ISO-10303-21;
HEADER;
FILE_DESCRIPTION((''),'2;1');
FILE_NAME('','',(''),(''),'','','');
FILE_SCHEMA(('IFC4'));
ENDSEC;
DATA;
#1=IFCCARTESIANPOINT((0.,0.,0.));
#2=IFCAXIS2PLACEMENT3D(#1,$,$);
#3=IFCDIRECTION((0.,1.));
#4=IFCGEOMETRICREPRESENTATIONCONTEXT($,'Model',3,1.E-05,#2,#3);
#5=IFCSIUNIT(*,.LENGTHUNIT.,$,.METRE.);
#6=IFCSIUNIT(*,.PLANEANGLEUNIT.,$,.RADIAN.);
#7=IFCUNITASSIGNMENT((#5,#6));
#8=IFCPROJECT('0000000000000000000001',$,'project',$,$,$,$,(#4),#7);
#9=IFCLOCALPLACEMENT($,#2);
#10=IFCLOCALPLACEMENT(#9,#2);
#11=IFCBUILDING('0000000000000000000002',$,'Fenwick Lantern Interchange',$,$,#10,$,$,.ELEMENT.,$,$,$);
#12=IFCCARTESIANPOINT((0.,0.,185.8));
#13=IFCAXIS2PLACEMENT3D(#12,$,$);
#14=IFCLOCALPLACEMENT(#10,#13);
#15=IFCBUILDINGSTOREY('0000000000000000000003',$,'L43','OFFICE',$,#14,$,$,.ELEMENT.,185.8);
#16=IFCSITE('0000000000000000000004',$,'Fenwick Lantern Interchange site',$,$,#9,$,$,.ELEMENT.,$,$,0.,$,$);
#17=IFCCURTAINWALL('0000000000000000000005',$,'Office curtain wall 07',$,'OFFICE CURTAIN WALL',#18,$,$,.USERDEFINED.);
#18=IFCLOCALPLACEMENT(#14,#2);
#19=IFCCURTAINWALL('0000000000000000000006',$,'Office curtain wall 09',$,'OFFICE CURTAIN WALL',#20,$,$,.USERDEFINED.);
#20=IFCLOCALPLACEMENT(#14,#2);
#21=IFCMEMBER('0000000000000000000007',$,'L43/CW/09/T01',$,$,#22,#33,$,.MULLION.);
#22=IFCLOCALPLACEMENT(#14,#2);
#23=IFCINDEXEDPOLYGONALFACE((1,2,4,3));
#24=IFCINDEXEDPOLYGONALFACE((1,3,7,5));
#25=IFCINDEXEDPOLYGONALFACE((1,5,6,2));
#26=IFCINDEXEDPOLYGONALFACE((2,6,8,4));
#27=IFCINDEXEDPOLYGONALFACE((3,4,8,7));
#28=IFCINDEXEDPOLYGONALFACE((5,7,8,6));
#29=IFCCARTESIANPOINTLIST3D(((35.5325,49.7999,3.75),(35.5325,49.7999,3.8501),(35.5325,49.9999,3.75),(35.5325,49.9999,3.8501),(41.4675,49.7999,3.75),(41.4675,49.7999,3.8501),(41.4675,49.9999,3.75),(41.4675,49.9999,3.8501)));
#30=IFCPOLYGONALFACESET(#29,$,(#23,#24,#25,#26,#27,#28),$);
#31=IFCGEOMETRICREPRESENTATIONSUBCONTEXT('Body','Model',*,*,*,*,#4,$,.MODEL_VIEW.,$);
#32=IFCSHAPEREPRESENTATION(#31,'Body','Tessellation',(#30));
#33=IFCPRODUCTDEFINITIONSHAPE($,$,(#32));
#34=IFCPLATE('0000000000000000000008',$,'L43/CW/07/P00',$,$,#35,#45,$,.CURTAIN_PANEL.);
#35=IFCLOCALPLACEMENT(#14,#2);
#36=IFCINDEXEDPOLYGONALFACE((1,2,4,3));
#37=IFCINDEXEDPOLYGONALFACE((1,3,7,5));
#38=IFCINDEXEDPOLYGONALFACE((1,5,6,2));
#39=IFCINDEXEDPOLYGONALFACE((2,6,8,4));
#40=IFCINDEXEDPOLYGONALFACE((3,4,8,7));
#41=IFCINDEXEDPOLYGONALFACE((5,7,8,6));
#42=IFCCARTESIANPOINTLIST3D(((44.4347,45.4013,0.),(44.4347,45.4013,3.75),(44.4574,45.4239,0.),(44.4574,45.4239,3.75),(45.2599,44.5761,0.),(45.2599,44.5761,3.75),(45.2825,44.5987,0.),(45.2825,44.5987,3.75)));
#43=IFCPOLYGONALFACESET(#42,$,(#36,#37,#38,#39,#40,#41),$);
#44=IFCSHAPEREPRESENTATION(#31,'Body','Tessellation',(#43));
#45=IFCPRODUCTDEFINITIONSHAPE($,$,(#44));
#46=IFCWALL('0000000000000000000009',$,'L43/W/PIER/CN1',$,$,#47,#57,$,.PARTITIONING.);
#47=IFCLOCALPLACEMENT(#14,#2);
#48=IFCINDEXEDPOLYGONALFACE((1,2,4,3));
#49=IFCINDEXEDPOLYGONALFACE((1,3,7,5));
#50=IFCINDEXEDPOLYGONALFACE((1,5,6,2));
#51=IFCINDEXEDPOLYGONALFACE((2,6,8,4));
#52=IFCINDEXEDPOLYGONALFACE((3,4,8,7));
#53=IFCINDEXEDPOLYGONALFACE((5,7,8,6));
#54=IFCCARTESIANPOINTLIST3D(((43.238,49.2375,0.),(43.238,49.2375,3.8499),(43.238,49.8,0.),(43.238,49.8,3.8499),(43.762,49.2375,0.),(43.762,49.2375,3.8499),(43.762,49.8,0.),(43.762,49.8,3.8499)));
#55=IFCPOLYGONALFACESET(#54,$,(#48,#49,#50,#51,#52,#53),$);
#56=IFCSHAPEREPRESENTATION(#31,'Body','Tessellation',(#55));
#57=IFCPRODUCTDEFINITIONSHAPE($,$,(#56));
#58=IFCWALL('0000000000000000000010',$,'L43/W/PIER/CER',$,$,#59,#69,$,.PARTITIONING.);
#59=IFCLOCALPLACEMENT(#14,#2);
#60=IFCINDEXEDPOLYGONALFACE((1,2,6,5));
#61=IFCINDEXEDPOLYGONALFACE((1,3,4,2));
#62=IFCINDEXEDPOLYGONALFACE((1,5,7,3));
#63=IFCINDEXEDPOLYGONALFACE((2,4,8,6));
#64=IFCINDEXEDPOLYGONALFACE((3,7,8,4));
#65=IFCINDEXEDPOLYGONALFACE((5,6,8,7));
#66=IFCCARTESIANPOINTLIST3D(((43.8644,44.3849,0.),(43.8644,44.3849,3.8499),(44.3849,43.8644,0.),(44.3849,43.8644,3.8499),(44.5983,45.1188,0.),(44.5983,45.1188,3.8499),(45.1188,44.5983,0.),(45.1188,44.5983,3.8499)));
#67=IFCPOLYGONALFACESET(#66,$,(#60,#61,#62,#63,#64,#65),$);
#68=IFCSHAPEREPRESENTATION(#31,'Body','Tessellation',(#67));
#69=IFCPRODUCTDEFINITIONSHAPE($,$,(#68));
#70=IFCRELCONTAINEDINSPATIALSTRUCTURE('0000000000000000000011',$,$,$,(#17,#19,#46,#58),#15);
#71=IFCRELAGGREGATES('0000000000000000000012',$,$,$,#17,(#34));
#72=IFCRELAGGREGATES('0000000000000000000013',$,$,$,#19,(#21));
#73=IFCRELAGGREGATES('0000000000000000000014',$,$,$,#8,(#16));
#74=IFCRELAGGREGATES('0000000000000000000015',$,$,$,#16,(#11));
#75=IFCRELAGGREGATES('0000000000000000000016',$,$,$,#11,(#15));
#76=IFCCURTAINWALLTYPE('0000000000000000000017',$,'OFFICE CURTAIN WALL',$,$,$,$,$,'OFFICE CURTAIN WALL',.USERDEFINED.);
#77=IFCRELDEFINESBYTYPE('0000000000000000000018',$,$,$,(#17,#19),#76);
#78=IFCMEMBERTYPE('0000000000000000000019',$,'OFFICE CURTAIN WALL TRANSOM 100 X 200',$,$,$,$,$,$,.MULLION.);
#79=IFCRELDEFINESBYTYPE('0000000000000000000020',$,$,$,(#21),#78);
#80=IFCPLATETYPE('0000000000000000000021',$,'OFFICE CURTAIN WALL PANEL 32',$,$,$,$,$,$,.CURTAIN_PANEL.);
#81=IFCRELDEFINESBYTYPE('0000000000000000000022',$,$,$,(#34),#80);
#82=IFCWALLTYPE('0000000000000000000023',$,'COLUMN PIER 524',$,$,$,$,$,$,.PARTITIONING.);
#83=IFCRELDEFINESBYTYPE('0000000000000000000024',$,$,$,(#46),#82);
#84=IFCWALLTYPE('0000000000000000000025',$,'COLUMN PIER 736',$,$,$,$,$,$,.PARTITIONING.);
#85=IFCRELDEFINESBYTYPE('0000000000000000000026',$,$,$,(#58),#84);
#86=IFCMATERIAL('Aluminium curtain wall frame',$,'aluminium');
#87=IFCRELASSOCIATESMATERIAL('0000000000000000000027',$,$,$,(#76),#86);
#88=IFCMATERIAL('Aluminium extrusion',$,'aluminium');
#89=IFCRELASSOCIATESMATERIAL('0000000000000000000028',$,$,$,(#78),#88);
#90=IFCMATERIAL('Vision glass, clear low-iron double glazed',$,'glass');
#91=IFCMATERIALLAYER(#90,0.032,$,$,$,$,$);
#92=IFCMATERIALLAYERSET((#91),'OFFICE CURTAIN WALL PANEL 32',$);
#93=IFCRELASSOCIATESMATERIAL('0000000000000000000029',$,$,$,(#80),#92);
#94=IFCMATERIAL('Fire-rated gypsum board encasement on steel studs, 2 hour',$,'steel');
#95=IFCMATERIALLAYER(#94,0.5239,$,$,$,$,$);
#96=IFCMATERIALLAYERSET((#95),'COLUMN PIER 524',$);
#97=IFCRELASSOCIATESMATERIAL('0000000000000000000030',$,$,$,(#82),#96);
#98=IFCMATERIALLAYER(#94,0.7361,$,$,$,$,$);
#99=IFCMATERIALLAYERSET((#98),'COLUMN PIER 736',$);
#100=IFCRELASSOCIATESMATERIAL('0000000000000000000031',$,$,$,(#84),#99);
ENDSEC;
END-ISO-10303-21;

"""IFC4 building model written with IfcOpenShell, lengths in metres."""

from ifc_helpers import new_model, si_unit, direction, frame, frame_2d, origin, origin_2d, place, context, subcontext, project, spatial, rectangle, extrude, material, layer, layer_set, material_profile, profile_set, type_object, element, aggregate, save


model = new_model("IFC4")

# Units and contexts
model_context = context("Model", 3, precision=1e-05, world=origin(), true_north=direction((0.0, 1.0)))
body_context = subcontext(model_context, "Body", "Model", "MODEL_VIEW")
ifc_project = project(units=[si_unit("LENGTHUNIT", "METRE"), si_unit("PLANEANGLEUNIT", "RADIAN")], contexts=[model_context])

# Site, building, storey
site_placement = place(None, origin())
site = spatial("IfcSite", under=ifc_project, at=site_placement, Name="Fenwick Lantern Interchange site", CompositionType="ELEMENT", RefElevation=0.0)
building_placement = place(site_placement, origin())
building = spatial("IfcBuilding", under=site, at=building_placement, Name="Fenwick Lantern Interchange", CompositionType="ELEMENT")
storey_placement = place(building_placement, frame((0.0, 0.0, 185.8)))
storey = spatial("IfcBuildingStorey", under=building, at=storey_placement, Name="L43", Description="OFFICE", CompositionType="ELEMENT", Elevation=185.8)

# Curtain walls
ifc_material_1 = material(Name="Aluminium curtain wall frame", Category="aluminium")
curtain_wall_type = type_object("IfcCurtainWallType", Name="OFFICE CURTAIN WALL", ElementType="OFFICE CURTAIN WALL", PredefinedType="USERDEFINED", material=ifc_material_1)
curtain_wall_1_placement = place(storey_placement, origin())
curtain_wall_1 = element("IfcCurtainWall", 1, at=curtain_wall_1_placement, inside=storey, type_object=curtain_wall_type, Name="Office curtain wall 07", ObjectType="OFFICE CURTAIN WALL", PredefinedType="USERDEFINED")
ifc_material_2 = material(Name="Aluminium extrusion", Category="aluminium")
curtain_wall_2_placement = place(storey_placement, origin())
curtain_wall_2 = element("IfcCurtainWall", 2, at=curtain_wall_2_placement, inside=storey, type_object=curtain_wall_type, Name="Office curtain wall 09", ObjectType="OFFICE CURTAIN WALL", PredefinedType="USERDEFINED")

# Member
ifc_material_profile_1 = material_profile(ifc_material_2, rectangle(XDim=0.2, YDim=0.1001, at=origin_2d()), Name="OFFICE CURTAIN WALL TRANSOM 100 X 200")
ifc_profile_set_1 = profile_set([ifc_material_profile_1], Name="Aluminium extrusion")
member_type_1 = type_object("IfcMemberType", Name="OFFICE CURTAIN WALL TRANSOM 100 X 200", PredefinedType="MULLION", material=ifc_profile_set_1)
member_1_placement = place(storey_placement, frame((41.4675, 49.8999, 3.8), z_axis=(-1.0, 0.0, 0.0), x_axis=(0.0, -1.0, 0.0)))
member_1 = element("IfcMember", 3, at=member_1_placement, type_object=member_type_1, Name="L43/CW/09/T01", PredefinedType="MULLION", context=body_context, shape_type="SweptSolid", body=[
    extrude(rectangle(XDim=0.2, YDim=0.1001, at=origin_2d()), origin(), (0.0, 0.0, 1.0), 5.9351),
])

# Plate
ifc_material_3 = material(Name="Vision glass, clear low-iron double glazed", Category="glass")
ifc_layer_1 = layer(ifc_material_3, 0.032)
ifc_layer_set_1 = layer_set([ifc_layer_1], Name="OFFICE CURTAIN WALL PANEL 32")
plate_type = type_object("IfcPlateType", Name="OFFICE CURTAIN WALL PANEL 32", PredefinedType="CURTAIN_PANEL", material=ifc_layer_set_1)
plate_1_placement = place(storey_placement, frame((44.8586, 45.0, 0.0), z_axis=(0.0, 0.0, 1.0), x_axis=(-0.707107, 0.707107, 0.0)))
plate_1 = element("IfcPlate", 4, at=plate_1_placement, type_object=plate_type, Name="L43/CW/07/P00", PredefinedType="CURTAIN_PANEL", context=body_context, shape_type="SweptSolid", body=[
    extrude(rectangle(XDim=1.167, YDim=0.032, at=origin_2d()), origin(), (0.0, 0.0, 1.0), 3.75),
])
aggregate(curtain_wall_1, [plate_1])
aggregate(curtain_wall_2, [member_1])

# Walls
ifc_material_4 = material(Name="Fire-rated gypsum board encasement on steel studs, 2 hour", Category="steel")
ifc_layer_2 = layer(ifc_material_4, 0.5239)
ifc_layer_set_2 = layer_set([ifc_layer_2], Name="COLUMN PIER 524")
wall_type_1 = type_object("IfcWallType", Name="COLUMN PIER 524", PredefinedType="PARTITIONING", material=ifc_layer_set_2)
wall_1_placement = place(storey_placement, frame((43.5, 49.8, 0.0), z_axis=(0.0, 0.0, 1.0), x_axis=(0.0, -1.0, 0.0)))
element("IfcWall", 5, at=wall_1_placement, inside=storey, type_object=wall_type_1, Name="L43/W/PIER/CN1", PredefinedType="PARTITIONING", context=body_context, shape_type="SweptSolid", body=[
    extrude(rectangle(XDim=0.5625, YDim=0.5239, at=frame_2d((0.2812, 0.0))), origin(), (0.0, 0.0, 1.0), 3.8499),
])
ifc_layer_3 = layer(ifc_material_4, 0.7361)
ifc_layer_set_3 = layer_set([ifc_layer_3], Name="COLUMN PIER 736")
wall_type_2 = type_object("IfcWallType", Name="COLUMN PIER 736", PredefinedType="PARTITIONING", material=ifc_layer_set_3)
wall_2_placement = place(storey_placement, frame((44.8586, 44.8586, 0.0), z_axis=(0.0, 0.0, 1.0), x_axis=(-0.707107, -0.707107, 0.0)))
element("IfcWall", 6, at=wall_2_placement, inside=storey, type_object=wall_type_2, Name="L43/W/PIER/CER", PredefinedType="PARTITIONING", context=body_context, shape_type="SweptSolid", body=[
    extrude(rectangle(XDim=1.0378, YDim=0.7361, at=frame_2d((0.519, 0.0))), origin(), (0.0, 0.0, 1.0), 3.8499),
])

save(model, "model.ifc")
